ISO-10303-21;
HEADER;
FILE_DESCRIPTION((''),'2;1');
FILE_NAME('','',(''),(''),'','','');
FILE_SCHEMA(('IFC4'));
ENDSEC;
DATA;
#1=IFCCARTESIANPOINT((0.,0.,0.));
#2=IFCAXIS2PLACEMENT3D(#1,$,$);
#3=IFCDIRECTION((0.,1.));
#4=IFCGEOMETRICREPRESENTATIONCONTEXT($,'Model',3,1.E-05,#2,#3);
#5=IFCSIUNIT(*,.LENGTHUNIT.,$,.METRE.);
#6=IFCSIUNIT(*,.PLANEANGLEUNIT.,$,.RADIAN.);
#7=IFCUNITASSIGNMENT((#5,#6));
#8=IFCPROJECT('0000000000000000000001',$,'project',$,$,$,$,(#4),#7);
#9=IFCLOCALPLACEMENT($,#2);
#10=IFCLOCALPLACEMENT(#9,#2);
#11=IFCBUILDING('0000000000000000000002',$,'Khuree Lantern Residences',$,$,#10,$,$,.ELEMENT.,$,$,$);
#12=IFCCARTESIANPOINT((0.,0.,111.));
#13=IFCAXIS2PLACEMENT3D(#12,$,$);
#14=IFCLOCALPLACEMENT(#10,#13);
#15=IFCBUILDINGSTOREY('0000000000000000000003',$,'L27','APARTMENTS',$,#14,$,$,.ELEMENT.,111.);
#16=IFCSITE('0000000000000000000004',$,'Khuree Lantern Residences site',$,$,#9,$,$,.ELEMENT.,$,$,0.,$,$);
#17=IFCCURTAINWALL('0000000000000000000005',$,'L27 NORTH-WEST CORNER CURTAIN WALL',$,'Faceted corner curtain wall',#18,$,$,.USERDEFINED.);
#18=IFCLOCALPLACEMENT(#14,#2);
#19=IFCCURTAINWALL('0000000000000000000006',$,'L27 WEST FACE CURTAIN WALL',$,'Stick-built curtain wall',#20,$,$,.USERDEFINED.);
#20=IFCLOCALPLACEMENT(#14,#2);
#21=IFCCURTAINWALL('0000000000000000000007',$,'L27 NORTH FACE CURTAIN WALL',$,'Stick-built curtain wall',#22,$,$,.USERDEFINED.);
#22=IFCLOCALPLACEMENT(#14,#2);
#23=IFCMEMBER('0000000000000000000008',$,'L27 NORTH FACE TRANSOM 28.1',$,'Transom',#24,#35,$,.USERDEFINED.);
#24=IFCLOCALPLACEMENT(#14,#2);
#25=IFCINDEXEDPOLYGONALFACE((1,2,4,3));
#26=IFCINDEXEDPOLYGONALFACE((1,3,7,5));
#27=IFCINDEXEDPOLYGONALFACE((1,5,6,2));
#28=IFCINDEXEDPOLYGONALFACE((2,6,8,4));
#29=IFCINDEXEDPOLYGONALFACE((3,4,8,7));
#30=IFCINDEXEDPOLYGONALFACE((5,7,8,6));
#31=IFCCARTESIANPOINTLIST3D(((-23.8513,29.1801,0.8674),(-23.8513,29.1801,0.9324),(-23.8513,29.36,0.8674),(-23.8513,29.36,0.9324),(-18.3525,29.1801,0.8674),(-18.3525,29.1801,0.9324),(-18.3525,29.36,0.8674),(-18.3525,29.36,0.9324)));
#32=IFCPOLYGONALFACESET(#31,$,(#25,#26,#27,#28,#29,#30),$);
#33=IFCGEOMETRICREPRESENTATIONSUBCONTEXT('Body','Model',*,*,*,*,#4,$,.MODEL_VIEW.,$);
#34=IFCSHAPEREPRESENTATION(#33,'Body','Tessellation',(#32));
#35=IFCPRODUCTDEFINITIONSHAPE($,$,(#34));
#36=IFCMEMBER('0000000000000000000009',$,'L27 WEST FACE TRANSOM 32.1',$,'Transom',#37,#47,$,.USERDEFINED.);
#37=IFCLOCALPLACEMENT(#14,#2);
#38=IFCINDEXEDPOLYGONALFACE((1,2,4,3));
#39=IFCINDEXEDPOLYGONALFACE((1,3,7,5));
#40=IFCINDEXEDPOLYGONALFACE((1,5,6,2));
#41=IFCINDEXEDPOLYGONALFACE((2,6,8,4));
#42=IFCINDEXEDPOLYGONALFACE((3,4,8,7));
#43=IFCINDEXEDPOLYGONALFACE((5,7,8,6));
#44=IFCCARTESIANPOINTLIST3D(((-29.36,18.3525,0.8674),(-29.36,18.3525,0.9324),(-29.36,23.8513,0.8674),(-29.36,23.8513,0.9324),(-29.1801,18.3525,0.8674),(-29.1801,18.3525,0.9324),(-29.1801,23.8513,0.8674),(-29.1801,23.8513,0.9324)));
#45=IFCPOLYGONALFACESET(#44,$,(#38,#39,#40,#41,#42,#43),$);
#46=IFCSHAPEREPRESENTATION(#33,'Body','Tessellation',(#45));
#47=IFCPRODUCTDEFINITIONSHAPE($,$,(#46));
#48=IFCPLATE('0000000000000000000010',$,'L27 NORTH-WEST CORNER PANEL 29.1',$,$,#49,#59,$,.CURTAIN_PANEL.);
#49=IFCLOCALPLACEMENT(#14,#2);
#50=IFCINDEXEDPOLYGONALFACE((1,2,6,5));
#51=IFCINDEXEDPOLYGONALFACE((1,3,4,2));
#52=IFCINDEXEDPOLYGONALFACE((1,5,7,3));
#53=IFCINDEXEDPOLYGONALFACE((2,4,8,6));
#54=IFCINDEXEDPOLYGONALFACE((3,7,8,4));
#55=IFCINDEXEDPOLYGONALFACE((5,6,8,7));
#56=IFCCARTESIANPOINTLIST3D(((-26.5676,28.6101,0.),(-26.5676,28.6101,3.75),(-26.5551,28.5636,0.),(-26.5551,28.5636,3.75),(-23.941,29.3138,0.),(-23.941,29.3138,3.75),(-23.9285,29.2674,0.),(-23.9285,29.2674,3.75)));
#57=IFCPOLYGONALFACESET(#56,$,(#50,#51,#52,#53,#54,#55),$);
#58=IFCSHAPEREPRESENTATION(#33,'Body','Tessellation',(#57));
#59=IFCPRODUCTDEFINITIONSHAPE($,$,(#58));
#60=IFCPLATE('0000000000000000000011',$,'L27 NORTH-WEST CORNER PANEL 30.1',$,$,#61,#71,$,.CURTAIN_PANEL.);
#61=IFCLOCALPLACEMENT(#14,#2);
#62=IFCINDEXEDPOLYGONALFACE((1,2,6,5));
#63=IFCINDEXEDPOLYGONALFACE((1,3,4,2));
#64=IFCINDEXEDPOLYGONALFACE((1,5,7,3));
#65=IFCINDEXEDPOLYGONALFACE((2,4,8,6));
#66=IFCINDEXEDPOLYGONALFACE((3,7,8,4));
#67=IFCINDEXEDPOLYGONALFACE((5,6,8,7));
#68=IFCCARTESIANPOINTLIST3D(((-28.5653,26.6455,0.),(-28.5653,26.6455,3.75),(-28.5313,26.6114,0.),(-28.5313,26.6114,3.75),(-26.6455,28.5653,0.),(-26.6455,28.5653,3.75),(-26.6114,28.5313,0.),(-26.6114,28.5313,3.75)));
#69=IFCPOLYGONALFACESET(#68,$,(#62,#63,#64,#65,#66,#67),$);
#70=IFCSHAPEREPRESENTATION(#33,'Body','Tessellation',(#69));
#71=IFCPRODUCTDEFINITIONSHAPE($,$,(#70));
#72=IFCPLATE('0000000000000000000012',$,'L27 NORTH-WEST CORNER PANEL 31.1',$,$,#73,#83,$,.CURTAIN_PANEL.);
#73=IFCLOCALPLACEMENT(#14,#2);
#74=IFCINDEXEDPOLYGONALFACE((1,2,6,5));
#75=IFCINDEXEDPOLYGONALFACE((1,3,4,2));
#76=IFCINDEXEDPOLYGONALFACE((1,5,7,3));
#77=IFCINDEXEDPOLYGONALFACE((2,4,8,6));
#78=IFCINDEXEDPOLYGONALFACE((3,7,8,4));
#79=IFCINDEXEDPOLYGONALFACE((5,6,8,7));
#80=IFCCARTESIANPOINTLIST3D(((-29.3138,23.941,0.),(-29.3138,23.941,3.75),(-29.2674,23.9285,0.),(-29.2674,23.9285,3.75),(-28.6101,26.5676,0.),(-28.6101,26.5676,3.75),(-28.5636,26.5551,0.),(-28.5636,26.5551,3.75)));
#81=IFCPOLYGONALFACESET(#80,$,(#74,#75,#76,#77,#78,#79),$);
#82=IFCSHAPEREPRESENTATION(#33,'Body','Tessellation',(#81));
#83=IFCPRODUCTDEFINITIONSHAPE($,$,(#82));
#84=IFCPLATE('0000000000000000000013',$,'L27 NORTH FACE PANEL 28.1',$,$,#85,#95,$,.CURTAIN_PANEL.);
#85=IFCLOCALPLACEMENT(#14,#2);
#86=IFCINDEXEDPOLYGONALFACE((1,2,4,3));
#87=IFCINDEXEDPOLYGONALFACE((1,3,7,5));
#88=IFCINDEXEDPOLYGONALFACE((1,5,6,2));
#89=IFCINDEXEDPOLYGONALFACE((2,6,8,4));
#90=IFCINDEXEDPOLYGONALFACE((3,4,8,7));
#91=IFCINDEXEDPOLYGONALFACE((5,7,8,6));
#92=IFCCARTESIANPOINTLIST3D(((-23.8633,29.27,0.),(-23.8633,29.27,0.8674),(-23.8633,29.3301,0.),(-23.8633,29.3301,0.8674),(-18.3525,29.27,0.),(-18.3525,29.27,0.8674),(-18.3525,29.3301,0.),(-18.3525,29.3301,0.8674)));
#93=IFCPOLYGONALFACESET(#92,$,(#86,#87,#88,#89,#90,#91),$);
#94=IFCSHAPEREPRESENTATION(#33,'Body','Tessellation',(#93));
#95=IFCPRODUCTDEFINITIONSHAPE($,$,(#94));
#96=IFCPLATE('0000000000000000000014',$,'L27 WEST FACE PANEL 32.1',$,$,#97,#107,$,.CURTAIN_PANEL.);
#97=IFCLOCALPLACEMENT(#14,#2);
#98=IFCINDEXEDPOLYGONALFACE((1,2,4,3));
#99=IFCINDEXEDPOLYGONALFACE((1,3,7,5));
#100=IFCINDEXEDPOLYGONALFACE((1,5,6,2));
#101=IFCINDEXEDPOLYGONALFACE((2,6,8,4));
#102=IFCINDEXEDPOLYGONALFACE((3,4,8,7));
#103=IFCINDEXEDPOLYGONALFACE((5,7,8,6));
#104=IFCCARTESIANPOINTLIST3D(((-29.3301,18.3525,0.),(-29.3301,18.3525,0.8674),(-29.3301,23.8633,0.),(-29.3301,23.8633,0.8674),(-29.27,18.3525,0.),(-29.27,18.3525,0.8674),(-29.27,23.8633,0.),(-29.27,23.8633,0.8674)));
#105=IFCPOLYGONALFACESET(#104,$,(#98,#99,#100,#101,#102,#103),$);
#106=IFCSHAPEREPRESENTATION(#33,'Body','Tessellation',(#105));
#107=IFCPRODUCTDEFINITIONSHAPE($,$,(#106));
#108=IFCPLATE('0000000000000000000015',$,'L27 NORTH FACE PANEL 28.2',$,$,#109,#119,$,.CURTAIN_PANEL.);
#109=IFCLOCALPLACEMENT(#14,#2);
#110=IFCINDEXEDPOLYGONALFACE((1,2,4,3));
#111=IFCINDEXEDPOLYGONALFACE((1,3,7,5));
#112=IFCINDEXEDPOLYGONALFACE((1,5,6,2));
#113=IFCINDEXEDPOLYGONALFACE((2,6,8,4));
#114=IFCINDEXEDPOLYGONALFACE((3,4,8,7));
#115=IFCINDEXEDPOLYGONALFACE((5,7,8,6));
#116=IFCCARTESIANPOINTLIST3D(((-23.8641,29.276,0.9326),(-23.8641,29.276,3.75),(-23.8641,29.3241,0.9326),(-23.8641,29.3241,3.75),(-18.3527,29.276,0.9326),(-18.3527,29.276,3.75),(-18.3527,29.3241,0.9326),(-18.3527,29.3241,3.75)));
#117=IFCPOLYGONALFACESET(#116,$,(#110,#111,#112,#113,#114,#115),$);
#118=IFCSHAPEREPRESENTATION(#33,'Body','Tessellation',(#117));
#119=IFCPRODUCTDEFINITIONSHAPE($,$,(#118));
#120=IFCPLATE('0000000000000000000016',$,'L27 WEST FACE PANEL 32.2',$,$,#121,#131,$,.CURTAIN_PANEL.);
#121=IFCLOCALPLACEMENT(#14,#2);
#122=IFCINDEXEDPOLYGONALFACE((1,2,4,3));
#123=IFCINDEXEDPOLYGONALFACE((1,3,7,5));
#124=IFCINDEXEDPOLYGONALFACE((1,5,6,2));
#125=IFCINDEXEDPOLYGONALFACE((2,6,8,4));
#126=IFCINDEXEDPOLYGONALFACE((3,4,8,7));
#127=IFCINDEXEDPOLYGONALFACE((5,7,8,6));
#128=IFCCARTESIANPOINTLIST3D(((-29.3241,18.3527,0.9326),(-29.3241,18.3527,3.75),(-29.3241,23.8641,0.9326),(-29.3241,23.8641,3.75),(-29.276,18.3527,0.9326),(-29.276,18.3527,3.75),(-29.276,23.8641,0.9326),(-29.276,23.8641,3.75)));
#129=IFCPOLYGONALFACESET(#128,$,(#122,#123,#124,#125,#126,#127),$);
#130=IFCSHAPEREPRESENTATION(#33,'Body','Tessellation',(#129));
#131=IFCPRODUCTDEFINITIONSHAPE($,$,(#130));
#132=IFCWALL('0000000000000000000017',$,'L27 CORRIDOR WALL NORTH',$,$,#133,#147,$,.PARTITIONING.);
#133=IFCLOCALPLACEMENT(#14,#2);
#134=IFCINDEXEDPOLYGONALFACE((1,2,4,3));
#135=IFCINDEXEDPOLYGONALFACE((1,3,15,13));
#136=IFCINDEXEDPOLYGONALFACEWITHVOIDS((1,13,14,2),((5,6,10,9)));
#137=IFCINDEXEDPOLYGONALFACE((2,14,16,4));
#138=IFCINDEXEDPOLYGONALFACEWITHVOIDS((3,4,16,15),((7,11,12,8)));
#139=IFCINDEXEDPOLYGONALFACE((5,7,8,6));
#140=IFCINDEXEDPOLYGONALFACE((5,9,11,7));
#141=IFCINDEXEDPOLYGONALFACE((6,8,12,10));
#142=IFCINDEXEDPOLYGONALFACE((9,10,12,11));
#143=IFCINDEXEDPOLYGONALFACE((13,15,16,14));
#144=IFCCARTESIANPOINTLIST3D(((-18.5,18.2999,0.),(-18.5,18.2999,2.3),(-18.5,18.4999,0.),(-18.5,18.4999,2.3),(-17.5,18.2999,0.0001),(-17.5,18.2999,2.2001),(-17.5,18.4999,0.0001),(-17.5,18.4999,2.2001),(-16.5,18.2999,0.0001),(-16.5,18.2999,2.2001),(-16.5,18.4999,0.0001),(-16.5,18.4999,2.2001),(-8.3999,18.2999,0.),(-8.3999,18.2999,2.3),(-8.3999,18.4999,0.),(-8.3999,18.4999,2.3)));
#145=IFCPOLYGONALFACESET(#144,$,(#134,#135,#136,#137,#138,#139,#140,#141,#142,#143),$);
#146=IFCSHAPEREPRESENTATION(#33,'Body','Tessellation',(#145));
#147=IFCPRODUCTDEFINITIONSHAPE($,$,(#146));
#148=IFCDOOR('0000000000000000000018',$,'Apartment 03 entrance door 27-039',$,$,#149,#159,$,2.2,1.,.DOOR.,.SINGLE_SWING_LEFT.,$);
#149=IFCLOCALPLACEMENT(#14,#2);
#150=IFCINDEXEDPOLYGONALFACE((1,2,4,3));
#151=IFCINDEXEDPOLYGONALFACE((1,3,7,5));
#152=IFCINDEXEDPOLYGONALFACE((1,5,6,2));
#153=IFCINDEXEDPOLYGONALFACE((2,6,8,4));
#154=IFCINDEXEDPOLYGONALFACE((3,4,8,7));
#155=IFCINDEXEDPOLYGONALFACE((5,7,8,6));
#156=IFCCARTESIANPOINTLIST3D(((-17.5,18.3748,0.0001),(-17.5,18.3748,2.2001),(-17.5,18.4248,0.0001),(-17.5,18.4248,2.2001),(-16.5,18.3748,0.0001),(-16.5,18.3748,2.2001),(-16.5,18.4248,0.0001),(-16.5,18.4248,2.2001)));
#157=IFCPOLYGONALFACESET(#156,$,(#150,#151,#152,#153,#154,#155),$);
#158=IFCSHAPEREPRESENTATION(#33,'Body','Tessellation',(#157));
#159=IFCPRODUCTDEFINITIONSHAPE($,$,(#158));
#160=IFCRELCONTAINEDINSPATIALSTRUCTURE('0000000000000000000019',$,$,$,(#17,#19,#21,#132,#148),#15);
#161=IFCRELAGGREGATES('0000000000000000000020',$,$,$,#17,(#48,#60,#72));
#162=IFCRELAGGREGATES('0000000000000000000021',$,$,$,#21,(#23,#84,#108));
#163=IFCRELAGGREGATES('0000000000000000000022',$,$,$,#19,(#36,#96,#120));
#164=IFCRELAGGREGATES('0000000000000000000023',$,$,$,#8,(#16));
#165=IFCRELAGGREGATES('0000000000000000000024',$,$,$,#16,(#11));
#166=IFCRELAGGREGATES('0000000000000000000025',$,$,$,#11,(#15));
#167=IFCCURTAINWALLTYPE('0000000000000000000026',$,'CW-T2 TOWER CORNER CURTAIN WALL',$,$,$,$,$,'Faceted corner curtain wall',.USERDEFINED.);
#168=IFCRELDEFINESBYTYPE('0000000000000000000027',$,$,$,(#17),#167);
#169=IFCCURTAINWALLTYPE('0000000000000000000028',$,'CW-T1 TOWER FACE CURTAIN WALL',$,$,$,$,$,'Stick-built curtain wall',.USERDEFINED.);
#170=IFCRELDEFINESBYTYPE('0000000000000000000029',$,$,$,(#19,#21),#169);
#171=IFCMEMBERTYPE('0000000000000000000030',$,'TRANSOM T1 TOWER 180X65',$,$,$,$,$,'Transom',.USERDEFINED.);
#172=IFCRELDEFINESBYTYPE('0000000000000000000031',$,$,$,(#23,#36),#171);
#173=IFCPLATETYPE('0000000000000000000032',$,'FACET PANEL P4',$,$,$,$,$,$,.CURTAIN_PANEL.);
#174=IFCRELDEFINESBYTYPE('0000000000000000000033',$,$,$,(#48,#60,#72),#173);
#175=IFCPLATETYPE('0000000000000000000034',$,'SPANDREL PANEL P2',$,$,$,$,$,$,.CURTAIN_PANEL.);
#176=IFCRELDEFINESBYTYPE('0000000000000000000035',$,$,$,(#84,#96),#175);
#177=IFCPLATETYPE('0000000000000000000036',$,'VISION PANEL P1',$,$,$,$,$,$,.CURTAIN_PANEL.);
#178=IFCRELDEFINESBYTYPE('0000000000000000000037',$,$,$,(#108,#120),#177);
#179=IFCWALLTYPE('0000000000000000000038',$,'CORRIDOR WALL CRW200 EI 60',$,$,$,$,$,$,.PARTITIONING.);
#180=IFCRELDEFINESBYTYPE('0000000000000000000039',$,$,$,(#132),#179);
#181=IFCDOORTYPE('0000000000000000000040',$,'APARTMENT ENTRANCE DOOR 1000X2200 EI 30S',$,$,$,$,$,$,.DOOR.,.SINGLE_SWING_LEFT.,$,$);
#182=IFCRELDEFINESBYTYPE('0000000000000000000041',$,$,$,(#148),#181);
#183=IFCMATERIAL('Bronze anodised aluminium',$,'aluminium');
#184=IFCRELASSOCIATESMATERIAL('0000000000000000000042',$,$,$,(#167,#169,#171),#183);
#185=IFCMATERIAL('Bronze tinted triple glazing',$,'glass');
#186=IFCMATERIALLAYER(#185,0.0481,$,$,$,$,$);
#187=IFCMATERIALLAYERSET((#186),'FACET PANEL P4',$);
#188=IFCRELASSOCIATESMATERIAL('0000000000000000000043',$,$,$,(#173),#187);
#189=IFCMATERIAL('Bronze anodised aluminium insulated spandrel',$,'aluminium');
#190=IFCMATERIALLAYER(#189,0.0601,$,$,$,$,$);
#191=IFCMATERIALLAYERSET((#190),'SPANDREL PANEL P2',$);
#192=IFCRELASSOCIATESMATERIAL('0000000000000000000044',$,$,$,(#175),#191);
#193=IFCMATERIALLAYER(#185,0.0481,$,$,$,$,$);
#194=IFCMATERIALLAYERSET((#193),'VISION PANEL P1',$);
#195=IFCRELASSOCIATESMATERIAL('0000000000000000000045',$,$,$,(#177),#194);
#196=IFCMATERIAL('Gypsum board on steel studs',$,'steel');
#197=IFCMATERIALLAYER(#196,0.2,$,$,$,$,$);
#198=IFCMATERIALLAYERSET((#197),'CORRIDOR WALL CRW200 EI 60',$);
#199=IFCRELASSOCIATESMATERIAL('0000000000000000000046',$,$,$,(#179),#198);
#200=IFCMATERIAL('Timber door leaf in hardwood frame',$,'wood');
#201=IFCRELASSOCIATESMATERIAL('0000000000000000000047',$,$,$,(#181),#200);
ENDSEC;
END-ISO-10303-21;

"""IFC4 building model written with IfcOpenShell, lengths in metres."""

from ifc_helpers import new_model, si_unit, direction, frame, frame_2d, origin, origin_2d, place, context, subcontext, project, spatial, rectangle, extrude, material, layer, layer_set, material_profile, profile_set, type_object, element, fill, aggregate, save


model = new_model("IFC4")

# Units and contexts
model_context = context("Model", 3, precision=1e-05, world=origin(), true_north=direction((0.0, 1.0)))
body_context = subcontext(model_context, "Body", "Model", "MODEL_VIEW")
ifc_project = project(units=[si_unit("LENGTHUNIT", "METRE"), si_unit("PLANEANGLEUNIT", "RADIAN")], contexts=[model_context])

# Site, building, storey
site_placement = place(None, origin())
site = spatial("IfcSite", under=ifc_project, at=site_placement, Name="Khuree Lantern Residences site", CompositionType="ELEMENT", RefElevation=0.0)
building_placement = place(site_placement, origin())
building = spatial("IfcBuilding", under=site, at=building_placement, Name="Khuree Lantern Residences", CompositionType="ELEMENT")
storey_placement = place(building_placement, frame((0.0, 0.0, 111.0)))
storey = spatial("IfcBuildingStorey", under=building, at=storey_placement, Name="L27", Description="APARTMENTS", CompositionType="ELEMENT", Elevation=111.0)

# Curtain wall
ifc_material_1 = material(Name="Bronze anodised aluminium", Category="aluminium")
curtain_wall_type_1 = type_object("IfcCurtainWallType", Name="CW-T2 TOWER CORNER CURTAIN WALL", ElementType="Faceted corner curtain wall", PredefinedType="USERDEFINED", material=ifc_material_1)
curtain_wall_1_placement = place(storey_placement, origin())
curtain_wall_1 = element("IfcCurtainWall", 1, at=curtain_wall_1_placement, inside=storey, type_object=curtain_wall_type_1, Name="L27 NORTH-WEST CORNER CURTAIN WALL", ObjectType="Faceted corner curtain wall", PredefinedType="USERDEFINED")

# Curtain walls, member
curtain_wall_type_2 = type_object("IfcCurtainWallType", Name="CW-T1 TOWER FACE CURTAIN WALL", ElementType="Stick-built curtain wall", PredefinedType="USERDEFINED", material=ifc_material_1)
curtain_wall_2_placement = place(storey_placement, origin())
curtain_wall_2 = element("IfcCurtainWall", 2, at=curtain_wall_2_placement, inside=storey, type_object=curtain_wall_type_2, Name="L27 WEST FACE CURTAIN WALL", ObjectType="Stick-built curtain wall", PredefinedType="USERDEFINED")
curtain_wall_3_placement = place(storey_placement, origin())
curtain_wall_3 = element("IfcCurtainWall", 3, at=curtain_wall_3_placement, inside=storey, type_object=curtain_wall_type_2, Name="L27 NORTH FACE CURTAIN WALL", ObjectType="Stick-built curtain wall", PredefinedType="USERDEFINED")
ifc_material_profile_1 = material_profile(ifc_material_1, rectangle(XDim=0.1799, YDim=0.0649, at=origin_2d()), Name="T1 180X65")
ifc_profile_set_1 = profile_set([ifc_material_profile_1], Name="Bronze anodised aluminium")
member_type_1 = type_object("IfcMemberType", Name="TRANSOM T1 TOWER 180X65", ElementType="Transom", PredefinedType="USERDEFINED", material=ifc_profile_set_1)
member_1_placement = place(storey_placement, frame((-18.3525, 29.27, 0.8999), z_axis=(-1.0, 0.0, 0.0), x_axis=(0.0, -1.0, 0.0)))
member_1 = element("IfcMember", 4, at=member_1_placement, type_object=member_type_1, Name="L27 NORTH FACE TRANSOM 28.1", ObjectType="Transom", PredefinedType="USERDEFINED", context=body_context, shape_type="SweptSolid", body=[
    extrude(rectangle(XDim=0.1799, YDim=0.0649, at=origin_2d()), origin(), (0.0, 0.0, 1.0), 5.4988),
])

# Member
member_2_placement = place(storey_placement, frame((-29.27, 23.8513, 0.8999), z_axis=(0.0, -1.0, 0.0), x_axis=(1.0, 0.0, 0.0)))
member_2 = element("IfcMember", 5, at=member_2_placement, type_object=member_type_1, Name="L27 WEST FACE TRANSOM 32.1", ObjectType="Transom", PredefinedType="USERDEFINED", context=body_context, shape_type="SweptSolid", body=[
    extrude(rectangle(XDim=0.1799, YDim=0.0649, at=origin_2d()), origin(), (0.0, 0.0, 1.0), 5.4988),
])

# Plates
ifc_material_2 = material(Name="Bronze tinted triple glazing", Category="glass")
ifc_layer_1 = layer(ifc_material_2, 0.0481)
ifc_layer_set_1 = layer_set([ifc_layer_1], Name="FACET PANEL P4")
plate_type_1 = type_object("IfcPlateType", Name="FACET PANEL P4", PredefinedType="CURTAIN_PANEL", material=ifc_layer_set_1)
plate_1_placement = place(storey_placement, frame((-25.248, 28.9387, 0.0), z_axis=(0.0, 0.0, 1.0), x_axis=(-0.965926, -0.258819, 0.0)))
plate_1 = element("IfcPlate", 6, at=plate_1_placement, type_object=plate_type_1, Name="L27 NORTH-WEST CORNER PANEL 29.1", PredefinedType="CURTAIN_PANEL", context=body_context, shape_type="SweptSolid", body=[
    extrude(rectangle(XDim=2.7192, YDim=0.0481, at=origin_2d()), origin(), (0.0, 0.0, 1.0), 3.75),
])
plate_2_placement = place(storey_placement, frame((-27.5884, 27.5884, 0.0), z_axis=(0.0, 0.0, 1.0), x_axis=(-0.707107, -0.707107, 0.0)))
plate_2 = element("IfcPlate", 7, at=plate_2_placement, type_object=plate_type_1, Name="L27 NORTH-WEST CORNER PANEL 30.1", PredefinedType="CURTAIN_PANEL", context=body_context, shape_type="SweptSolid", body=[
    extrude(rectangle(XDim=2.7151, YDim=0.0481, at=origin_2d()), origin(), (0.0, 0.0, 1.0), 3.75),
])
plate_3_placement = place(storey_placement, frame((-28.9387, 25.248, 0.0), z_axis=(0.0, 0.0, 1.0), x_axis=(-0.258819, -0.965926, 0.0)))
plate_3 = element("IfcPlate", 8, at=plate_3_placement, type_object=plate_type_1, Name="L27 NORTH-WEST CORNER PANEL 31.1", PredefinedType="CURTAIN_PANEL", context=body_context, shape_type="SweptSolid", body=[
    extrude(rectangle(XDim=2.7192, YDim=0.0481, at=origin_2d()), origin(), (0.0, 0.0, 1.0), 3.75),
])
aggregate(curtain_wall_1, [plate_1, plate_2, plate_3])
ifc_material_3 = material(Name="Bronze anodised aluminium insulated spandrel", Category="aluminium")
ifc_layer_2 = layer(ifc_material_3, 0.0601)
ifc_layer_set_2 = layer_set([ifc_layer_2], Name="SPANDREL PANEL P2")
plate_type_2 = type_object("IfcPlateType", Name="SPANDREL PANEL P2", PredefinedType="CURTAIN_PANEL", material=ifc_layer_set_2)
plate_4_placement = place(storey_placement, frame((-21.1079, 29.3, 0.0), z_axis=(0.0, 0.0, 1.0), x_axis=(-1.0, 0.0, 0.0)))
plate_4 = element("IfcPlate", 9, at=plate_4_placement, type_object=plate_type_2, Name="L27 NORTH FACE PANEL 28.1", PredefinedType="CURTAIN_PANEL", context=body_context, shape_type="SweptSolid", body=[
    extrude(rectangle(XDim=5.5107, YDim=0.0601, at=origin_2d()), origin(), (0.0, 0.0, 1.0), 0.8674),
])
plate_5_placement = place(storey_placement, frame((-29.3, 21.1079, 0.0), z_axis=(0.0, 0.0, 1.0), x_axis=(0.0, -1.0, 0.0)))
plate_5 = element("IfcPlate", 10, at=plate_5_placement, type_object=plate_type_2, Name="L27 WEST FACE PANEL 32.1", PredefinedType="CURTAIN_PANEL", context=body_context, shape_type="SweptSolid", body=[
    extrude(rectangle(XDim=5.5107, YDim=0.0601, at=origin_2d()), origin(), (0.0, 0.0, 1.0), 0.8674),
])
ifc_layer_3 = layer(ifc_material_2, 0.0481)
ifc_layer_set_3 = layer_set([ifc_layer_3], Name="VISION PANEL P1")
plate_type_3 = type_object("IfcPlateType", Name="VISION PANEL P1", PredefinedType="CURTAIN_PANEL", material=ifc_layer_set_3)
plate_6_placement = place(storey_placement, frame((-21.1084, 29.3, 0.9326), z_axis=(0.0, 0.0, 1.0), x_axis=(-1.0, 0.0, 0.0)))
plate_6 = element("IfcPlate", 11, at=plate_6_placement, type_object=plate_type_3, Name="L27 NORTH FACE PANEL 28.2", PredefinedType="CURTAIN_PANEL", context=body_context, shape_type="SweptSolid", body=[
    extrude(rectangle(XDim=5.5115, YDim=0.0481, at=origin_2d()), origin(), (0.0, 0.0, 1.0), 2.8174),
])
aggregate(curtain_wall_3, [member_1, plate_4, plate_6])
plate_7_placement = place(storey_placement, frame((-29.3, 21.1084, 0.9326), z_axis=(0.0, 0.0, 1.0), x_axis=(0.0, -1.0, 0.0)))
plate_7 = element("IfcPlate", 12, at=plate_7_placement, type_object=plate_type_3, Name="L27 WEST FACE PANEL 32.2", PredefinedType="CURTAIN_PANEL", context=body_context, shape_type="SweptSolid", body=[
    extrude(rectangle(XDim=5.5115, YDim=0.0481, at=origin_2d()), origin(), (0.0, 0.0, 1.0), 2.8174),
])
aggregate(curtain_wall_2, [member_2, plate_5, plate_7])

# Wall, opening, door
ifc_material_4 = material(Name="Gypsum board on steel studs", Category="steel")
ifc_layer_4 = layer(ifc_material_4, 0.2)
ifc_layer_set_4 = layer_set([ifc_layer_4], Name="CORRIDOR WALL CRW200 EI 60")
wall_type = type_object("IfcWallType", Name="CORRIDOR WALL CRW200 EI 60", PredefinedType="PARTITIONING", material=ifc_layer_set_4)
wall_placement = place(storey_placement, frame((-18.5, 18.3999, 0.0), z_axis=(0.0, 0.0, 1.0), x_axis=(1.0, 0.0, 0.0)))
wall = element("IfcWall", 13, at=wall_placement, inside=storey, type_object=wall_type, Name="L27 CORRIDOR WALL NORTH", PredefinedType="PARTITIONING", context=body_context, shape_type="SweptSolid", body=[
    extrude(rectangle(XDim=10.1001, YDim=0.2, at=frame_2d((5.05, 0.0))), origin(), (0.0, 0.0, 1.0), 2.3),
])
opening_placement = place(wall_placement, frame((1.0, 0.0, 0.0)))
opening = element("IfcOpeningElement", 14, at=opening_placement, cuts=wall, PredefinedType="OPENING", context=body_context, shape_type="SweptSolid", body=[
    extrude(rectangle(XDim=1.0, YDim=2.2, at=frame_2d((0.5, 1.1001))), frame((0.0, 0.1099, 0.0), z_axis=(0.0, -1.0, 0.0), x_axis=(1.0, 0.0, 0.0)), (0.0, 0.0, 1.0), 0.22),
])
ifc_material_5 = material(Name="Timber door leaf in hardwood frame", Category="wood")
door_type = type_object("IfcDoorType", Name="APARTMENT ENTRANCE DOOR 1000X2200 EI 30S", OperationType="SINGLE_SWING_LEFT", PredefinedType="DOOR", material=ifc_material_5)
door_placement = place(opening_placement, origin())
door = element("IfcDoor", 15, at=door_placement, inside=storey, type_object=door_type, Name="Apartment 03 entrance door 27-039", OperationType="SINGLE_SWING_LEFT", OverallHeight=2.2, OverallWidth=1.0, PredefinedType="DOOR", context=body_context, shape_type="SweptSolid", body=[
    extrude(rectangle(XDim=1.0, YDim=2.2, at=frame_2d((0.5, 1.1001))), frame((0.0, 0.0249, 0.0), z_axis=(0.0, -1.0, 0.0), x_axis=(1.0, 0.0, 0.0)), (0.0, 0.0, 1.0), 0.05),
])
fill(opening, door)

save(model, "model.ifc")
